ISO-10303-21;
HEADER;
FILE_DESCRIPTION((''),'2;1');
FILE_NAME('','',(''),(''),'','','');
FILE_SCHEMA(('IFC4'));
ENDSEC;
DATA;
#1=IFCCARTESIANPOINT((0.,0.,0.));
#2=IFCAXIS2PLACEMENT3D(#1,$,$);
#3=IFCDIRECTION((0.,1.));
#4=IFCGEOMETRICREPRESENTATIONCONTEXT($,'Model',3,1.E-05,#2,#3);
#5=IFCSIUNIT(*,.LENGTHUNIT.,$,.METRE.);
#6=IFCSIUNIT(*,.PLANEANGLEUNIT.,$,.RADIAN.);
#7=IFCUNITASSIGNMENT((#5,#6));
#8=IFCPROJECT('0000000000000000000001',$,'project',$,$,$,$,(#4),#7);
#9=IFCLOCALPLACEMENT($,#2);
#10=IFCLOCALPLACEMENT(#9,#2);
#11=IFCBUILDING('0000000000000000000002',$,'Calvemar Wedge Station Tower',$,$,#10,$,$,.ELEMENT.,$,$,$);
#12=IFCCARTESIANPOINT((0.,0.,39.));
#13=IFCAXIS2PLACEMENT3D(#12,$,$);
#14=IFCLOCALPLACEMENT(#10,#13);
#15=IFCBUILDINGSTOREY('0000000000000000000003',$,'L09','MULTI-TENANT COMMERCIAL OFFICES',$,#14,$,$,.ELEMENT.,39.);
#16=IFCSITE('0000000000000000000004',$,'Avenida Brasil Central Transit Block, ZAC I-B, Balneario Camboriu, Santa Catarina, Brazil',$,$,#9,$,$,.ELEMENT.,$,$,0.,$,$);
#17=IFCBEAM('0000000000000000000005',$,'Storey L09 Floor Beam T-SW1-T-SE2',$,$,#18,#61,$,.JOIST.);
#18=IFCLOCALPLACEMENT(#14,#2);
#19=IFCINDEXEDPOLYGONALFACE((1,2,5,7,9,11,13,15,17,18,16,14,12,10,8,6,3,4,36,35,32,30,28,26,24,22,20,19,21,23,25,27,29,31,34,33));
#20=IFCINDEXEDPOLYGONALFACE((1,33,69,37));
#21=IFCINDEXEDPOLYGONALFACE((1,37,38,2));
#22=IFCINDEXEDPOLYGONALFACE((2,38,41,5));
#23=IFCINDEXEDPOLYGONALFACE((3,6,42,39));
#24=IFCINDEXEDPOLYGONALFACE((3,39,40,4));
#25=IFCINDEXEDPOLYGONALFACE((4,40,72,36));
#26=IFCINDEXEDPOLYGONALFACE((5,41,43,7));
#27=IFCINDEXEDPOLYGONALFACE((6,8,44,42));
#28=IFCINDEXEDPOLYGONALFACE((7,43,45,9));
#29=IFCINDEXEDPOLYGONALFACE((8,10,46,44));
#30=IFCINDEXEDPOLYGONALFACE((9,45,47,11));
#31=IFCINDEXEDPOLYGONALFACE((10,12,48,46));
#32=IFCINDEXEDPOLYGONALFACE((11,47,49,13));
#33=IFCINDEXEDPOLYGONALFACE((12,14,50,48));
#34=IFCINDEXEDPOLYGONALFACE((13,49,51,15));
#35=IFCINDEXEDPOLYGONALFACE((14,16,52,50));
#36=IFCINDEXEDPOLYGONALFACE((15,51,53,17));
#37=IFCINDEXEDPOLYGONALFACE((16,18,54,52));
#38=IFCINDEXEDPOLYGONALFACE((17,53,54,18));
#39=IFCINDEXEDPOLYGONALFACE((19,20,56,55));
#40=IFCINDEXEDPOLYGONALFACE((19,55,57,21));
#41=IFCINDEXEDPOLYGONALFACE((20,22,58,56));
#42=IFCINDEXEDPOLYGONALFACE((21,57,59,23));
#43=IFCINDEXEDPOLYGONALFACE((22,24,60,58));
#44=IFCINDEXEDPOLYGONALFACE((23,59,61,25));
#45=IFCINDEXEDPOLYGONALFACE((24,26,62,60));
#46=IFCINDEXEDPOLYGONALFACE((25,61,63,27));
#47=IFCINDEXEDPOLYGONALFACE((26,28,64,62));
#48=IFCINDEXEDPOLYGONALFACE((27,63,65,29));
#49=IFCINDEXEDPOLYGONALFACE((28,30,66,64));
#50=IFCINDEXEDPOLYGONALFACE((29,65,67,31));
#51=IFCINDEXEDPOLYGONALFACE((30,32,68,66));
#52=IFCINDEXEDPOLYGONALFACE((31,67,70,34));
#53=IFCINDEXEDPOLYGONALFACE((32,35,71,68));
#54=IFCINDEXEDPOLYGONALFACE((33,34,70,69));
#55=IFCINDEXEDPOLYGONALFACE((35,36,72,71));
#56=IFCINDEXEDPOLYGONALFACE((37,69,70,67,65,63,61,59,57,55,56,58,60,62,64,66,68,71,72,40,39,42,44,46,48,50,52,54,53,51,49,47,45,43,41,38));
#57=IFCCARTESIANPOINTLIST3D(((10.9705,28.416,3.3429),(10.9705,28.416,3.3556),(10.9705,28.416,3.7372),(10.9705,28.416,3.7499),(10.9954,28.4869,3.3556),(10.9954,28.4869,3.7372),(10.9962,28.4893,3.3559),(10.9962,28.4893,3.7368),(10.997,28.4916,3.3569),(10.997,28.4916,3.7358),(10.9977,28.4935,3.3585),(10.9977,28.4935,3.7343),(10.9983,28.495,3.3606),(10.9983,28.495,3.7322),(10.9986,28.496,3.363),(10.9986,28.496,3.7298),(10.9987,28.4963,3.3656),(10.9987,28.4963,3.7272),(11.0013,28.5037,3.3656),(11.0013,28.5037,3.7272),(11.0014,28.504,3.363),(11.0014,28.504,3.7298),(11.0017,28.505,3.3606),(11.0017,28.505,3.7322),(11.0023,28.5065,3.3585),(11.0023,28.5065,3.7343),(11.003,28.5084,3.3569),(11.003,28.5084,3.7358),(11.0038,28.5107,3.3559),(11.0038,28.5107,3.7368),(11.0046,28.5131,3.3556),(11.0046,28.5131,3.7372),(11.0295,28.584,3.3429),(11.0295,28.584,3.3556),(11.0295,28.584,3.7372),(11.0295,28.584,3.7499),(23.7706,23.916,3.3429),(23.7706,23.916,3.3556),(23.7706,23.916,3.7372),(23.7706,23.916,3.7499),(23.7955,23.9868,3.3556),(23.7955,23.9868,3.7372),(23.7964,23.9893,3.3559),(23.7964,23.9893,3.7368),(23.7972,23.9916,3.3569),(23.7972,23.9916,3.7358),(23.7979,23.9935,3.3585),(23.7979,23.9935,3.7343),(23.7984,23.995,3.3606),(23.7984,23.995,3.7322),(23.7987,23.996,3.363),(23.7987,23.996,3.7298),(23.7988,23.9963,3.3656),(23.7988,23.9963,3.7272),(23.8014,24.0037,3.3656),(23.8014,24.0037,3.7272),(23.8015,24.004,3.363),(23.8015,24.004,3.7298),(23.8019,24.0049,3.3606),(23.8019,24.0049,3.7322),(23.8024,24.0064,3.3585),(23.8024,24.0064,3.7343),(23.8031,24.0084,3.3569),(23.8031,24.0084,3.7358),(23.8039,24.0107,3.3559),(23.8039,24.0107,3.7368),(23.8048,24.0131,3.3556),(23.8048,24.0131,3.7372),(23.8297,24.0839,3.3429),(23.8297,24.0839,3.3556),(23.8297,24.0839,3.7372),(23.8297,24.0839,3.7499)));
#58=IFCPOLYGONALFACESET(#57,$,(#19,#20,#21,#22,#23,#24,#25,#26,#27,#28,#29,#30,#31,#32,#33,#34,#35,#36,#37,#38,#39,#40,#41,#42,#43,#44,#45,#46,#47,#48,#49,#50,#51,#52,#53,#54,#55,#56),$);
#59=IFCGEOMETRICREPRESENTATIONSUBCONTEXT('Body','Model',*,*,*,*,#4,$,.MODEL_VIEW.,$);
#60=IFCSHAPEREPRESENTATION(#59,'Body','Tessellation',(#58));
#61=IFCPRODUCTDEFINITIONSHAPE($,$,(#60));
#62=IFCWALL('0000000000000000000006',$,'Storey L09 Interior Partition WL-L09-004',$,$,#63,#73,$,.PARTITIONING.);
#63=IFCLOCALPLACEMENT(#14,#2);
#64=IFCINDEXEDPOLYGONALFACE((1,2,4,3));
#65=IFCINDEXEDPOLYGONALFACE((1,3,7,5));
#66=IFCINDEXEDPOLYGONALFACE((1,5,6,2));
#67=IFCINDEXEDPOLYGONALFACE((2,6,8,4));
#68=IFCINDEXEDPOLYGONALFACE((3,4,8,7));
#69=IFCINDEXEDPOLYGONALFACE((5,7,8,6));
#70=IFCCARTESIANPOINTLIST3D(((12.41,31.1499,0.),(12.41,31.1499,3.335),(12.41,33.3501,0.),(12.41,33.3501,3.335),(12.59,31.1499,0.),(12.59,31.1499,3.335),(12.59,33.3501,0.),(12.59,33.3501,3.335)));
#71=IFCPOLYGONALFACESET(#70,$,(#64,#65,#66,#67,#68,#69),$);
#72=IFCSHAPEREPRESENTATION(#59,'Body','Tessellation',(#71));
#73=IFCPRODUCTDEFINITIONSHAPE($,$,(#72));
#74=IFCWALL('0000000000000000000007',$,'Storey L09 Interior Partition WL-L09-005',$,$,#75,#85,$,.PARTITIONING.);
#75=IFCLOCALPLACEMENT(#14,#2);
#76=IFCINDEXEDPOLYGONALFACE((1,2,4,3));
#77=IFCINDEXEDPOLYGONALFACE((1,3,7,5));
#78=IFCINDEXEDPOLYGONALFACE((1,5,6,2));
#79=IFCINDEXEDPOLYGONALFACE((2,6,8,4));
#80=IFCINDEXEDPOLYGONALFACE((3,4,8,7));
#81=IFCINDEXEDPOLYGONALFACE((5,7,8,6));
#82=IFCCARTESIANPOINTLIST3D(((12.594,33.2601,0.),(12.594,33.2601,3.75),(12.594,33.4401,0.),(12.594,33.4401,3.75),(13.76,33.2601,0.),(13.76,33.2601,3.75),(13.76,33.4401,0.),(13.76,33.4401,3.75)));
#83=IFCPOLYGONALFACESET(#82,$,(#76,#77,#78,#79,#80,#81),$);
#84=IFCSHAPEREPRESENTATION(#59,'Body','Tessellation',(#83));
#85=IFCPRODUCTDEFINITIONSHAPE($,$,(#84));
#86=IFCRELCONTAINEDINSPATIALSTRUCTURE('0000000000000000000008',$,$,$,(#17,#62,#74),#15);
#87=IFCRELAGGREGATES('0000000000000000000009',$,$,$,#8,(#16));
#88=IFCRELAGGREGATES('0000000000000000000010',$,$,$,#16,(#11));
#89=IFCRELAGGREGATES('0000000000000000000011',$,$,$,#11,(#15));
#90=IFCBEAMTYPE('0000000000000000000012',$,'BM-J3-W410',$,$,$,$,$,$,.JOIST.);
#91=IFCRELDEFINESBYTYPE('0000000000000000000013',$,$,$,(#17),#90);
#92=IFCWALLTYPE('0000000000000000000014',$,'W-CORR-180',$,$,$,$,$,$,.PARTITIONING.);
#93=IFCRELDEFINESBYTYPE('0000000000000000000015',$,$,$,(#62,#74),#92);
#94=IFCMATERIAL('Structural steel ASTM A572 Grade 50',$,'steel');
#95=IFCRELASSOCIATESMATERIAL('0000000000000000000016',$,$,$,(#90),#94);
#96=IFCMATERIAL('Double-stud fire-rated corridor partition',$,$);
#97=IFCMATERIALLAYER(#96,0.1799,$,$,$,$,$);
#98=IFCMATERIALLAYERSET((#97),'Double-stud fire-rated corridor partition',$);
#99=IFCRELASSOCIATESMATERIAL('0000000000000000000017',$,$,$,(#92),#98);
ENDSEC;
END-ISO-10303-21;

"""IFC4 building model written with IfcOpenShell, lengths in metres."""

from ifc_helpers import new_model, si_unit, direction, frame, frame_2d, origin, origin_2d, place, context, subcontext, project, spatial, rectangle, i_section, extrude, source, transform, mapped, material, layer, layer_set, material_profile, profile_set, type_object, element, save


model = new_model("IFC4")

# Units and contexts
model_context = context("Model", 3, precision=1e-05, world=origin(), true_north=direction((0.0, 1.0)))
body_context = subcontext(model_context, "Body", "Model", "MODEL_VIEW")
ifc_project = project(units=[si_unit("LENGTHUNIT", "METRE"), si_unit("PLANEANGLEUNIT", "RADIAN")], contexts=[model_context])

# Site, building, storey
site_placement = place(None, origin())
site = spatial("IfcSite", under=ifc_project, at=site_placement, Name="Avenida Brasil Central Transit Block, ZAC I-B, Balneario Camboriu, Santa Catarina, Brazil", CompositionType="ELEMENT", RefElevation=0.0)
building_placement = place(site_placement, origin())
building = spatial("IfcBuilding", under=site, at=building_placement, Name="Calvemar Wedge Station Tower", CompositionType="ELEMENT")
storey_placement = place(building_placement, frame((0.0, 0.0, 39.0)))
storey = spatial("IfcBuildingStorey", under=building, at=storey_placement, Name="L09", Description="MULTI-TENANT COMMERCIAL OFFICES", CompositionType="ELEMENT", Elevation=39.0)

# Beam
ifc_material_1 = material(Name="Structural steel ASTM A572 Grade 50", Category="steel")
ifc_material_profile_1 = material_profile(ifc_material_1, i_section(OverallWidth=0.178, OverallDepth=0.407, WebThickness=0.0078, FlangeThickness=0.0127, FilletRadius=0.01, at=origin_2d()), Name="W410x60")
ifc_profile_set_1 = profile_set([ifc_material_profile_1], Name="Structural steel ASTM A572 Grade 50")
beam_type_1 = type_object("IfcBeamType", Name="BM-J3-W410", PredefinedType="JOIST", material=ifc_profile_set_1)
shared_shape_1 = source(origin(), body_context, "Body", "SweptSolid", [
    extrude(i_section(OverallWidth=0.178, OverallDepth=0.407, WebThickness=0.0078, FlangeThickness=0.0127, FilletRadius=0.01, at=origin_2d()), origin(), (0.0, 0.0, 1.0), 13.5681),
])
for number, where, z_axis, x_axis, name in (
    (1, (11.0, 28.5, 3.5464), (0.943398, -0.331662, 0.0), (0.331662, 0.943398, 0.0), "Storey L09 Floor Beam T-SW1-T-SE2"),
):
    element("IfcBeam", number, at=place(storey_placement, frame(where, z_axis=z_axis, x_axis=x_axis)), inside=storey, type_object=beam_type_1, Name=name, PredefinedType="JOIST", context=body_context, shape_type="MappedRepresentation", body=[
        mapped(shared_shape_1, transform((0.0, 0.0, 0.0), scale=1.0)),
    ])

# Walls
ifc_material_2 = material(Name="Double-stud fire-rated corridor partition")
ifc_layer_1 = layer(ifc_material_2, 0.1799)
ifc_layer_set_1 = layer_set([ifc_layer_1], Name="Double-stud fire-rated corridor partition")
wall_type_1 = type_object("IfcWallType", Name="W-CORR-180", PredefinedType="PARTITIONING", material=ifc_layer_set_1)
wall_1_placement = place(storey_placement, frame((12.5, 31.1499, 0.0), z_axis=(0.0, 0.0, 1.0), x_axis=(0.0, 1.0, 0.0)))
element("IfcWall", 2, at=wall_1_placement, inside=storey, type_object=wall_type_1, Name="Storey L09 Interior Partition WL-L09-004", PredefinedType="PARTITIONING", context=body_context, shape_type="SweptSolid", body=[
    extrude(rectangle(XDim=2.2002, YDim=0.1799, at=frame_2d((1.1001, 0.0))), origin(), (0.0, 0.0, 1.0), 3.335),
])
wall_2_placement = place(storey_placement, frame((12.594, 33.3501, 0.0), z_axis=(0.0, 0.0, 1.0), x_axis=(1.0, 0.0, 0.0)))
element("IfcWall", 3, at=wall_2_placement, inside=storey, type_object=wall_type_1, Name="Storey L09 Interior Partition WL-L09-005", PredefinedType="PARTITIONING", context=body_context, shape_type="SweptSolid", body=[
    extrude(rectangle(XDim=1.166, YDim=0.1799, at=frame_2d((0.583, 0.0))), origin(), (0.0, 0.0, 1.0), 3.75),
])

save(model, "model.ifc")
